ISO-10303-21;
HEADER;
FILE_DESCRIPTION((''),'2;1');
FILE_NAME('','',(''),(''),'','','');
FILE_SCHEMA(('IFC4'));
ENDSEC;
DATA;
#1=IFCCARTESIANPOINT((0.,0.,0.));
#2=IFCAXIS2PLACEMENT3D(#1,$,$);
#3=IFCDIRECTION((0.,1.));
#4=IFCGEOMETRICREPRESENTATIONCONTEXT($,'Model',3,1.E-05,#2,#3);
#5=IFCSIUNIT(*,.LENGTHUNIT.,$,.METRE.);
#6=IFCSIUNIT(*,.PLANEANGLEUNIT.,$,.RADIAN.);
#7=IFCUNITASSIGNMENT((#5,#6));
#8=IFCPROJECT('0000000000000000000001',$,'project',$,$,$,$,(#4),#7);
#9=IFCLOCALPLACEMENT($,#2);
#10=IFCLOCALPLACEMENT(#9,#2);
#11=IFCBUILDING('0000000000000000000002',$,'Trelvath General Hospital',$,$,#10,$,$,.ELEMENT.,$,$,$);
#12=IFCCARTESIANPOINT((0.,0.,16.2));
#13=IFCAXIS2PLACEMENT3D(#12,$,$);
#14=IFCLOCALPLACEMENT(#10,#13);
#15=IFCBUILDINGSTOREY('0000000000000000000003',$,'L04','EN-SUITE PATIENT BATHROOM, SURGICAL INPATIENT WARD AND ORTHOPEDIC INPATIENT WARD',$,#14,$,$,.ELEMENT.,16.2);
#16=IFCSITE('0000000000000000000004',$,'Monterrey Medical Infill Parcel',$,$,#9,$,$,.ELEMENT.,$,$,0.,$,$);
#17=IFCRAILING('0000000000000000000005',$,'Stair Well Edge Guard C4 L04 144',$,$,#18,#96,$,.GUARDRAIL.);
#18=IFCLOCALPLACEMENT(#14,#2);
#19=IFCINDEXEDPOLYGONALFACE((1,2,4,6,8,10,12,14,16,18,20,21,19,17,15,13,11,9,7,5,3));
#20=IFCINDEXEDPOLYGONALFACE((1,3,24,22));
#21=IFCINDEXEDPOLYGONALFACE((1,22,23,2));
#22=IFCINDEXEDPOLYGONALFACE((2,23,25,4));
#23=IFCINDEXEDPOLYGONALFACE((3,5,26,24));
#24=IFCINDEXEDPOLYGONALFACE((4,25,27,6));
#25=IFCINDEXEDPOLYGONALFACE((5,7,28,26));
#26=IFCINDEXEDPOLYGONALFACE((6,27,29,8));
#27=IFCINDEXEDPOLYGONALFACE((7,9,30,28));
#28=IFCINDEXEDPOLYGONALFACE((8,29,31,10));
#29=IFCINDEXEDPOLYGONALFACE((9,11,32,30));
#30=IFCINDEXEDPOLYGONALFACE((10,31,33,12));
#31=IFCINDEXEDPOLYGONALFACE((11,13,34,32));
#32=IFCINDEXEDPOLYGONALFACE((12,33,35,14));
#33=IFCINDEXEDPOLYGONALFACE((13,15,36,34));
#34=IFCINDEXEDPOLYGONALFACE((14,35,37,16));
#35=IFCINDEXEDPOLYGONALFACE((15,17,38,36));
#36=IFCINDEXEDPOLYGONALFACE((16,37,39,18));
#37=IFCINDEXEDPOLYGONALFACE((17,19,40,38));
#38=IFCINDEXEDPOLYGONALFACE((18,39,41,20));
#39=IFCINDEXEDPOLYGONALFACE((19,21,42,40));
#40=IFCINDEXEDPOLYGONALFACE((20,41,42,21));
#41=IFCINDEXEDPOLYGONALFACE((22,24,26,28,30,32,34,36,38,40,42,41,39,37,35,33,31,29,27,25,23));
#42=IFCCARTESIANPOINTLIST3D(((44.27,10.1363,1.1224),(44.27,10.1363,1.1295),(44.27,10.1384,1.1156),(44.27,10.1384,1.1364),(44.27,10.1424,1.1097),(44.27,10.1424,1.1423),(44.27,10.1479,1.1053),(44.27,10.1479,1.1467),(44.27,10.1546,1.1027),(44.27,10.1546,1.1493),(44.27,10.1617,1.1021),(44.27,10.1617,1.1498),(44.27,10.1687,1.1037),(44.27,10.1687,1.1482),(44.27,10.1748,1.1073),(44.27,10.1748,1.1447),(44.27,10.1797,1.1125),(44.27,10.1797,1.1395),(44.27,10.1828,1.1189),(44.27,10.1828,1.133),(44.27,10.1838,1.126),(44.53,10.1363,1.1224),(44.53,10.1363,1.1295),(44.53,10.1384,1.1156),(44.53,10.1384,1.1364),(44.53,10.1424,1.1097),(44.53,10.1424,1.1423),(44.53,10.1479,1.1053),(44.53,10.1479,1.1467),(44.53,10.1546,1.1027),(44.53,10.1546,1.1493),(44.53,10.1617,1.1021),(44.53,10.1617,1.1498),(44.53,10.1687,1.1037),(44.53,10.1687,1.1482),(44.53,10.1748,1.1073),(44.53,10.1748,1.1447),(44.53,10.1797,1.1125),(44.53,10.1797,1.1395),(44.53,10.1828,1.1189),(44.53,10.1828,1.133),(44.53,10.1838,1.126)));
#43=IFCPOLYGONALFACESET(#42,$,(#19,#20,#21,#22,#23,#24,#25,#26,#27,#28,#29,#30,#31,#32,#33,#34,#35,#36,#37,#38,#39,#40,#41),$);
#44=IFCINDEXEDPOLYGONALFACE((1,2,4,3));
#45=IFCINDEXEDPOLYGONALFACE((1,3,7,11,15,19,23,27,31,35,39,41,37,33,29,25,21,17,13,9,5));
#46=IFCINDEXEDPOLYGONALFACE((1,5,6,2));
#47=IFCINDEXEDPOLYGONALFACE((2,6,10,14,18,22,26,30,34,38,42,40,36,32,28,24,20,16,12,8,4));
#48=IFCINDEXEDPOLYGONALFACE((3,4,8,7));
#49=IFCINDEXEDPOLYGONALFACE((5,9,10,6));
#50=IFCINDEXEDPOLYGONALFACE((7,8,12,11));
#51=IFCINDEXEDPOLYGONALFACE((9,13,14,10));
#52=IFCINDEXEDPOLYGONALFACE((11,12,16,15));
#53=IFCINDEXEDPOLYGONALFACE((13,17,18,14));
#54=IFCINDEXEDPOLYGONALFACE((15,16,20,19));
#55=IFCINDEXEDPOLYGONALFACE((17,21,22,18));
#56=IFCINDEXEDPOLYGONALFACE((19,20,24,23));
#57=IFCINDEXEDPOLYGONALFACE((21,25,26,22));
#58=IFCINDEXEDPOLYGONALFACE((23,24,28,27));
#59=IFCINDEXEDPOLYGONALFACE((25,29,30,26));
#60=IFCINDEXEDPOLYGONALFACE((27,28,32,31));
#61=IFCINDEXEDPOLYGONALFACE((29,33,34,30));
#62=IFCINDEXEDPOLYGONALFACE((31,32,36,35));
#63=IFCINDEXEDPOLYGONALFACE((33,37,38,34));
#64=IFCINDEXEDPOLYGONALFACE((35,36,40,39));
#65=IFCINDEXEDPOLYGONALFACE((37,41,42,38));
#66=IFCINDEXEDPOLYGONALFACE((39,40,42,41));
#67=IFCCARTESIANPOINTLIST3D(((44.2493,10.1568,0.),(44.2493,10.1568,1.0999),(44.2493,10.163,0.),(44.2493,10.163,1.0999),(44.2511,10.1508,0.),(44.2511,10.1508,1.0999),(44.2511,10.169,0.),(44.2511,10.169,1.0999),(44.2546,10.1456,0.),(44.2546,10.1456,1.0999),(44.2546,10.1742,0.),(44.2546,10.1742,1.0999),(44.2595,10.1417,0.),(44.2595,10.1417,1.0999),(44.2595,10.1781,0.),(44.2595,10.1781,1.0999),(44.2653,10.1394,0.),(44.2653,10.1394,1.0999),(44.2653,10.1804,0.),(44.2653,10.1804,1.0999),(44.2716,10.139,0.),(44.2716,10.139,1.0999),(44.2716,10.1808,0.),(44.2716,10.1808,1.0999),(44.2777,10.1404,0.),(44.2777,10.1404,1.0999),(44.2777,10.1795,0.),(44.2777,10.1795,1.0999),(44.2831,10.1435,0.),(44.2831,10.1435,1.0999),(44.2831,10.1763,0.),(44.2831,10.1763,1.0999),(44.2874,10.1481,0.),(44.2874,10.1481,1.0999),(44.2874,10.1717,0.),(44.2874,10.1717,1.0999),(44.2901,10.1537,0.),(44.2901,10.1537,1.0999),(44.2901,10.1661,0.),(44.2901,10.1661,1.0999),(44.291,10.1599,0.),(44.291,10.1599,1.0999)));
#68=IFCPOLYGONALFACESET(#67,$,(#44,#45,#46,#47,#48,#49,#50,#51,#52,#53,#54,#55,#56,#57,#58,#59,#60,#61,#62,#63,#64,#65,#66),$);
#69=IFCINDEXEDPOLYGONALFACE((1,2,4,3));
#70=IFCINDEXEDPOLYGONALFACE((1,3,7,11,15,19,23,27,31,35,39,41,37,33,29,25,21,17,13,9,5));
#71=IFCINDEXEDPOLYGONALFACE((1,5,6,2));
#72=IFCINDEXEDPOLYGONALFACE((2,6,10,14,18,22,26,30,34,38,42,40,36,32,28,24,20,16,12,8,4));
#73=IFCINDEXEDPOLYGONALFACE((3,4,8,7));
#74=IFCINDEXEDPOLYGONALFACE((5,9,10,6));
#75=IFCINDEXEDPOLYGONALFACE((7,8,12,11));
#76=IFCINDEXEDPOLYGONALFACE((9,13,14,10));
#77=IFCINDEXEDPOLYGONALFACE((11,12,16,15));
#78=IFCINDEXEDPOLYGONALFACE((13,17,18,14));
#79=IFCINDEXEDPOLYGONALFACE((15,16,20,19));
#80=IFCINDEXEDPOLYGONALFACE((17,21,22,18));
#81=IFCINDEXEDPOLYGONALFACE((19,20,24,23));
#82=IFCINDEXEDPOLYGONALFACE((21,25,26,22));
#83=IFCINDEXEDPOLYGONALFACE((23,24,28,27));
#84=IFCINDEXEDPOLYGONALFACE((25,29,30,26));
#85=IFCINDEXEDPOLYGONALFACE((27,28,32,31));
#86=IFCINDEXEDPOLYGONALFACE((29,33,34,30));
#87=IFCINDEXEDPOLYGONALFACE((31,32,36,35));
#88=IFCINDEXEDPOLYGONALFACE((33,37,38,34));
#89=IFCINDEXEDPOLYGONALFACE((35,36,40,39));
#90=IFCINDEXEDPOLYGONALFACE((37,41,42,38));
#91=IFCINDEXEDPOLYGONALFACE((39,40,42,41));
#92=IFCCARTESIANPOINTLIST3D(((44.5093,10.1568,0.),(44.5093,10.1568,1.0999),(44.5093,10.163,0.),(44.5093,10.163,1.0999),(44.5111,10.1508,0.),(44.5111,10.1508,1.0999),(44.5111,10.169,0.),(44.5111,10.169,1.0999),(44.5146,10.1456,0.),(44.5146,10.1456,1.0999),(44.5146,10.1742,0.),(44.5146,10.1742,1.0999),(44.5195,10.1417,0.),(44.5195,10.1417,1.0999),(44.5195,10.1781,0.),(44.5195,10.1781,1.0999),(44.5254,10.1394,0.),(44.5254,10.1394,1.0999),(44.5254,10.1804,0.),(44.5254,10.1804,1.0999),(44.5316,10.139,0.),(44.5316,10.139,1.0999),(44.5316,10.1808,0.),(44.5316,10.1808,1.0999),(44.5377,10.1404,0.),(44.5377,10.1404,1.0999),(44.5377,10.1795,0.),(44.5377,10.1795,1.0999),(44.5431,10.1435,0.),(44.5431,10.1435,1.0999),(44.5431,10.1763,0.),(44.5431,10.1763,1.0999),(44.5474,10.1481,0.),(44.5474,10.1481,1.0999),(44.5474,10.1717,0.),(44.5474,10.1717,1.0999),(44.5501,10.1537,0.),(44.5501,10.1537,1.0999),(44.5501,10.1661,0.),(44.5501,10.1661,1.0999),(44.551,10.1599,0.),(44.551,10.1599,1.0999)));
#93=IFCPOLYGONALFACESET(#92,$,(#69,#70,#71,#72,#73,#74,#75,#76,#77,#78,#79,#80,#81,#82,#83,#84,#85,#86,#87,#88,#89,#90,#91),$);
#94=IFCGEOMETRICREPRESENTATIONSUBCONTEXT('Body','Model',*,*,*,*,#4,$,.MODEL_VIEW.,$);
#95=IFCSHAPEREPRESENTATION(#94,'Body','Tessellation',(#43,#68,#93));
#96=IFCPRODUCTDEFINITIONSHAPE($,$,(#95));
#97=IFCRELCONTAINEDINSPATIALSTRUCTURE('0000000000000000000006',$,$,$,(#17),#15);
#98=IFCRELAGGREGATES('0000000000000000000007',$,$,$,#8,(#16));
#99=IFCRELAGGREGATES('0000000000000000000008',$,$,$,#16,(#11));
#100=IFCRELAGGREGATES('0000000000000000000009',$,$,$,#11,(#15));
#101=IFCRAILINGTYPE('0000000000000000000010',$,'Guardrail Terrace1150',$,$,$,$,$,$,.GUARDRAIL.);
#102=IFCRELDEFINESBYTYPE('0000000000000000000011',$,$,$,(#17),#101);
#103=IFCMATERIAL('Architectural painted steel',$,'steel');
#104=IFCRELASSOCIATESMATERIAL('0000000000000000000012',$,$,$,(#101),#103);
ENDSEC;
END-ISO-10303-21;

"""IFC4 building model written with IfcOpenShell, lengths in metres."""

from ifc_helpers import new_model, si_unit, direction, frame, origin, origin_2d, place, context, subcontext, project, spatial, circle, extrude, material, type_object, element, save


model = new_model("IFC4")

# Units and contexts
model_context = context("Model", 3, precision=1e-05, world=origin(), true_north=direction((0.0, 1.0)))
body_context = subcontext(model_context, "Body", "Model", "MODEL_VIEW")
ifc_project = project(units=[si_unit("LENGTHUNIT", "METRE"), si_unit("PLANEANGLEUNIT", "RADIAN")], contexts=[model_context])

# Site, building, storey
site_placement = place(None, origin())
site = spatial("IfcSite", under=ifc_project, at=site_placement, Name="Monterrey Medical Infill Parcel", CompositionType="ELEMENT", RefElevation=0.0)
building_placement = place(site_placement, origin())
building = spatial("IfcBuilding", under=site, at=building_placement, Name="Trelvath General Hospital", CompositionType="ELEMENT")
storey_placement = place(building_placement, frame((0.0, 0.0, 16.2)))
storey = spatial("IfcBuildingStorey", under=building, at=storey_placement, Name="L04", Description="EN-SUITE PATIENT BATHROOM, SURGICAL INPATIENT WARD AND ORTHOPEDIC INPATIENT WARD", CompositionType="ELEMENT", Elevation=16.2)

# Railing
ifc_material_1 = material(Name="Architectural painted steel", Category="steel")
railing_type_1 = type_object("IfcRailingType", Name="Guardrail Terrace1150", PredefinedType="GUARDRAIL", material=ifc_material_1)
railing_1_placement = place(storey_placement, frame((44.27, 10.1599, 0.0)))
element("IfcRailing", 1, at=railing_1_placement, inside=storey, type_object=railing_type_1, Name="Stair Well Edge Guard C4 L04 144", PredefinedType="GUARDRAIL", context=body_context, shape_type="SweptSolid", body=[
    extrude(circle(Radius=0.0239, at=origin_2d()), frame((0.0, 0.0, 1.126), z_axis=(1.0, 0.0, 0.0), x_axis=(0.0, 1.0, 0.0)), (0.0, 0.0, 1.0), 0.26),
    extrude(circle(Radius=0.021, at=origin_2d()), origin(), (0.0, 0.0, 1.0), 1.0999),
    extrude(circle(Radius=0.021, at=origin_2d()), frame((0.26, 0.0, 0.0)), (0.0, 0.0, 1.0), 1.0999),
])

save(model, "model.ifc")
